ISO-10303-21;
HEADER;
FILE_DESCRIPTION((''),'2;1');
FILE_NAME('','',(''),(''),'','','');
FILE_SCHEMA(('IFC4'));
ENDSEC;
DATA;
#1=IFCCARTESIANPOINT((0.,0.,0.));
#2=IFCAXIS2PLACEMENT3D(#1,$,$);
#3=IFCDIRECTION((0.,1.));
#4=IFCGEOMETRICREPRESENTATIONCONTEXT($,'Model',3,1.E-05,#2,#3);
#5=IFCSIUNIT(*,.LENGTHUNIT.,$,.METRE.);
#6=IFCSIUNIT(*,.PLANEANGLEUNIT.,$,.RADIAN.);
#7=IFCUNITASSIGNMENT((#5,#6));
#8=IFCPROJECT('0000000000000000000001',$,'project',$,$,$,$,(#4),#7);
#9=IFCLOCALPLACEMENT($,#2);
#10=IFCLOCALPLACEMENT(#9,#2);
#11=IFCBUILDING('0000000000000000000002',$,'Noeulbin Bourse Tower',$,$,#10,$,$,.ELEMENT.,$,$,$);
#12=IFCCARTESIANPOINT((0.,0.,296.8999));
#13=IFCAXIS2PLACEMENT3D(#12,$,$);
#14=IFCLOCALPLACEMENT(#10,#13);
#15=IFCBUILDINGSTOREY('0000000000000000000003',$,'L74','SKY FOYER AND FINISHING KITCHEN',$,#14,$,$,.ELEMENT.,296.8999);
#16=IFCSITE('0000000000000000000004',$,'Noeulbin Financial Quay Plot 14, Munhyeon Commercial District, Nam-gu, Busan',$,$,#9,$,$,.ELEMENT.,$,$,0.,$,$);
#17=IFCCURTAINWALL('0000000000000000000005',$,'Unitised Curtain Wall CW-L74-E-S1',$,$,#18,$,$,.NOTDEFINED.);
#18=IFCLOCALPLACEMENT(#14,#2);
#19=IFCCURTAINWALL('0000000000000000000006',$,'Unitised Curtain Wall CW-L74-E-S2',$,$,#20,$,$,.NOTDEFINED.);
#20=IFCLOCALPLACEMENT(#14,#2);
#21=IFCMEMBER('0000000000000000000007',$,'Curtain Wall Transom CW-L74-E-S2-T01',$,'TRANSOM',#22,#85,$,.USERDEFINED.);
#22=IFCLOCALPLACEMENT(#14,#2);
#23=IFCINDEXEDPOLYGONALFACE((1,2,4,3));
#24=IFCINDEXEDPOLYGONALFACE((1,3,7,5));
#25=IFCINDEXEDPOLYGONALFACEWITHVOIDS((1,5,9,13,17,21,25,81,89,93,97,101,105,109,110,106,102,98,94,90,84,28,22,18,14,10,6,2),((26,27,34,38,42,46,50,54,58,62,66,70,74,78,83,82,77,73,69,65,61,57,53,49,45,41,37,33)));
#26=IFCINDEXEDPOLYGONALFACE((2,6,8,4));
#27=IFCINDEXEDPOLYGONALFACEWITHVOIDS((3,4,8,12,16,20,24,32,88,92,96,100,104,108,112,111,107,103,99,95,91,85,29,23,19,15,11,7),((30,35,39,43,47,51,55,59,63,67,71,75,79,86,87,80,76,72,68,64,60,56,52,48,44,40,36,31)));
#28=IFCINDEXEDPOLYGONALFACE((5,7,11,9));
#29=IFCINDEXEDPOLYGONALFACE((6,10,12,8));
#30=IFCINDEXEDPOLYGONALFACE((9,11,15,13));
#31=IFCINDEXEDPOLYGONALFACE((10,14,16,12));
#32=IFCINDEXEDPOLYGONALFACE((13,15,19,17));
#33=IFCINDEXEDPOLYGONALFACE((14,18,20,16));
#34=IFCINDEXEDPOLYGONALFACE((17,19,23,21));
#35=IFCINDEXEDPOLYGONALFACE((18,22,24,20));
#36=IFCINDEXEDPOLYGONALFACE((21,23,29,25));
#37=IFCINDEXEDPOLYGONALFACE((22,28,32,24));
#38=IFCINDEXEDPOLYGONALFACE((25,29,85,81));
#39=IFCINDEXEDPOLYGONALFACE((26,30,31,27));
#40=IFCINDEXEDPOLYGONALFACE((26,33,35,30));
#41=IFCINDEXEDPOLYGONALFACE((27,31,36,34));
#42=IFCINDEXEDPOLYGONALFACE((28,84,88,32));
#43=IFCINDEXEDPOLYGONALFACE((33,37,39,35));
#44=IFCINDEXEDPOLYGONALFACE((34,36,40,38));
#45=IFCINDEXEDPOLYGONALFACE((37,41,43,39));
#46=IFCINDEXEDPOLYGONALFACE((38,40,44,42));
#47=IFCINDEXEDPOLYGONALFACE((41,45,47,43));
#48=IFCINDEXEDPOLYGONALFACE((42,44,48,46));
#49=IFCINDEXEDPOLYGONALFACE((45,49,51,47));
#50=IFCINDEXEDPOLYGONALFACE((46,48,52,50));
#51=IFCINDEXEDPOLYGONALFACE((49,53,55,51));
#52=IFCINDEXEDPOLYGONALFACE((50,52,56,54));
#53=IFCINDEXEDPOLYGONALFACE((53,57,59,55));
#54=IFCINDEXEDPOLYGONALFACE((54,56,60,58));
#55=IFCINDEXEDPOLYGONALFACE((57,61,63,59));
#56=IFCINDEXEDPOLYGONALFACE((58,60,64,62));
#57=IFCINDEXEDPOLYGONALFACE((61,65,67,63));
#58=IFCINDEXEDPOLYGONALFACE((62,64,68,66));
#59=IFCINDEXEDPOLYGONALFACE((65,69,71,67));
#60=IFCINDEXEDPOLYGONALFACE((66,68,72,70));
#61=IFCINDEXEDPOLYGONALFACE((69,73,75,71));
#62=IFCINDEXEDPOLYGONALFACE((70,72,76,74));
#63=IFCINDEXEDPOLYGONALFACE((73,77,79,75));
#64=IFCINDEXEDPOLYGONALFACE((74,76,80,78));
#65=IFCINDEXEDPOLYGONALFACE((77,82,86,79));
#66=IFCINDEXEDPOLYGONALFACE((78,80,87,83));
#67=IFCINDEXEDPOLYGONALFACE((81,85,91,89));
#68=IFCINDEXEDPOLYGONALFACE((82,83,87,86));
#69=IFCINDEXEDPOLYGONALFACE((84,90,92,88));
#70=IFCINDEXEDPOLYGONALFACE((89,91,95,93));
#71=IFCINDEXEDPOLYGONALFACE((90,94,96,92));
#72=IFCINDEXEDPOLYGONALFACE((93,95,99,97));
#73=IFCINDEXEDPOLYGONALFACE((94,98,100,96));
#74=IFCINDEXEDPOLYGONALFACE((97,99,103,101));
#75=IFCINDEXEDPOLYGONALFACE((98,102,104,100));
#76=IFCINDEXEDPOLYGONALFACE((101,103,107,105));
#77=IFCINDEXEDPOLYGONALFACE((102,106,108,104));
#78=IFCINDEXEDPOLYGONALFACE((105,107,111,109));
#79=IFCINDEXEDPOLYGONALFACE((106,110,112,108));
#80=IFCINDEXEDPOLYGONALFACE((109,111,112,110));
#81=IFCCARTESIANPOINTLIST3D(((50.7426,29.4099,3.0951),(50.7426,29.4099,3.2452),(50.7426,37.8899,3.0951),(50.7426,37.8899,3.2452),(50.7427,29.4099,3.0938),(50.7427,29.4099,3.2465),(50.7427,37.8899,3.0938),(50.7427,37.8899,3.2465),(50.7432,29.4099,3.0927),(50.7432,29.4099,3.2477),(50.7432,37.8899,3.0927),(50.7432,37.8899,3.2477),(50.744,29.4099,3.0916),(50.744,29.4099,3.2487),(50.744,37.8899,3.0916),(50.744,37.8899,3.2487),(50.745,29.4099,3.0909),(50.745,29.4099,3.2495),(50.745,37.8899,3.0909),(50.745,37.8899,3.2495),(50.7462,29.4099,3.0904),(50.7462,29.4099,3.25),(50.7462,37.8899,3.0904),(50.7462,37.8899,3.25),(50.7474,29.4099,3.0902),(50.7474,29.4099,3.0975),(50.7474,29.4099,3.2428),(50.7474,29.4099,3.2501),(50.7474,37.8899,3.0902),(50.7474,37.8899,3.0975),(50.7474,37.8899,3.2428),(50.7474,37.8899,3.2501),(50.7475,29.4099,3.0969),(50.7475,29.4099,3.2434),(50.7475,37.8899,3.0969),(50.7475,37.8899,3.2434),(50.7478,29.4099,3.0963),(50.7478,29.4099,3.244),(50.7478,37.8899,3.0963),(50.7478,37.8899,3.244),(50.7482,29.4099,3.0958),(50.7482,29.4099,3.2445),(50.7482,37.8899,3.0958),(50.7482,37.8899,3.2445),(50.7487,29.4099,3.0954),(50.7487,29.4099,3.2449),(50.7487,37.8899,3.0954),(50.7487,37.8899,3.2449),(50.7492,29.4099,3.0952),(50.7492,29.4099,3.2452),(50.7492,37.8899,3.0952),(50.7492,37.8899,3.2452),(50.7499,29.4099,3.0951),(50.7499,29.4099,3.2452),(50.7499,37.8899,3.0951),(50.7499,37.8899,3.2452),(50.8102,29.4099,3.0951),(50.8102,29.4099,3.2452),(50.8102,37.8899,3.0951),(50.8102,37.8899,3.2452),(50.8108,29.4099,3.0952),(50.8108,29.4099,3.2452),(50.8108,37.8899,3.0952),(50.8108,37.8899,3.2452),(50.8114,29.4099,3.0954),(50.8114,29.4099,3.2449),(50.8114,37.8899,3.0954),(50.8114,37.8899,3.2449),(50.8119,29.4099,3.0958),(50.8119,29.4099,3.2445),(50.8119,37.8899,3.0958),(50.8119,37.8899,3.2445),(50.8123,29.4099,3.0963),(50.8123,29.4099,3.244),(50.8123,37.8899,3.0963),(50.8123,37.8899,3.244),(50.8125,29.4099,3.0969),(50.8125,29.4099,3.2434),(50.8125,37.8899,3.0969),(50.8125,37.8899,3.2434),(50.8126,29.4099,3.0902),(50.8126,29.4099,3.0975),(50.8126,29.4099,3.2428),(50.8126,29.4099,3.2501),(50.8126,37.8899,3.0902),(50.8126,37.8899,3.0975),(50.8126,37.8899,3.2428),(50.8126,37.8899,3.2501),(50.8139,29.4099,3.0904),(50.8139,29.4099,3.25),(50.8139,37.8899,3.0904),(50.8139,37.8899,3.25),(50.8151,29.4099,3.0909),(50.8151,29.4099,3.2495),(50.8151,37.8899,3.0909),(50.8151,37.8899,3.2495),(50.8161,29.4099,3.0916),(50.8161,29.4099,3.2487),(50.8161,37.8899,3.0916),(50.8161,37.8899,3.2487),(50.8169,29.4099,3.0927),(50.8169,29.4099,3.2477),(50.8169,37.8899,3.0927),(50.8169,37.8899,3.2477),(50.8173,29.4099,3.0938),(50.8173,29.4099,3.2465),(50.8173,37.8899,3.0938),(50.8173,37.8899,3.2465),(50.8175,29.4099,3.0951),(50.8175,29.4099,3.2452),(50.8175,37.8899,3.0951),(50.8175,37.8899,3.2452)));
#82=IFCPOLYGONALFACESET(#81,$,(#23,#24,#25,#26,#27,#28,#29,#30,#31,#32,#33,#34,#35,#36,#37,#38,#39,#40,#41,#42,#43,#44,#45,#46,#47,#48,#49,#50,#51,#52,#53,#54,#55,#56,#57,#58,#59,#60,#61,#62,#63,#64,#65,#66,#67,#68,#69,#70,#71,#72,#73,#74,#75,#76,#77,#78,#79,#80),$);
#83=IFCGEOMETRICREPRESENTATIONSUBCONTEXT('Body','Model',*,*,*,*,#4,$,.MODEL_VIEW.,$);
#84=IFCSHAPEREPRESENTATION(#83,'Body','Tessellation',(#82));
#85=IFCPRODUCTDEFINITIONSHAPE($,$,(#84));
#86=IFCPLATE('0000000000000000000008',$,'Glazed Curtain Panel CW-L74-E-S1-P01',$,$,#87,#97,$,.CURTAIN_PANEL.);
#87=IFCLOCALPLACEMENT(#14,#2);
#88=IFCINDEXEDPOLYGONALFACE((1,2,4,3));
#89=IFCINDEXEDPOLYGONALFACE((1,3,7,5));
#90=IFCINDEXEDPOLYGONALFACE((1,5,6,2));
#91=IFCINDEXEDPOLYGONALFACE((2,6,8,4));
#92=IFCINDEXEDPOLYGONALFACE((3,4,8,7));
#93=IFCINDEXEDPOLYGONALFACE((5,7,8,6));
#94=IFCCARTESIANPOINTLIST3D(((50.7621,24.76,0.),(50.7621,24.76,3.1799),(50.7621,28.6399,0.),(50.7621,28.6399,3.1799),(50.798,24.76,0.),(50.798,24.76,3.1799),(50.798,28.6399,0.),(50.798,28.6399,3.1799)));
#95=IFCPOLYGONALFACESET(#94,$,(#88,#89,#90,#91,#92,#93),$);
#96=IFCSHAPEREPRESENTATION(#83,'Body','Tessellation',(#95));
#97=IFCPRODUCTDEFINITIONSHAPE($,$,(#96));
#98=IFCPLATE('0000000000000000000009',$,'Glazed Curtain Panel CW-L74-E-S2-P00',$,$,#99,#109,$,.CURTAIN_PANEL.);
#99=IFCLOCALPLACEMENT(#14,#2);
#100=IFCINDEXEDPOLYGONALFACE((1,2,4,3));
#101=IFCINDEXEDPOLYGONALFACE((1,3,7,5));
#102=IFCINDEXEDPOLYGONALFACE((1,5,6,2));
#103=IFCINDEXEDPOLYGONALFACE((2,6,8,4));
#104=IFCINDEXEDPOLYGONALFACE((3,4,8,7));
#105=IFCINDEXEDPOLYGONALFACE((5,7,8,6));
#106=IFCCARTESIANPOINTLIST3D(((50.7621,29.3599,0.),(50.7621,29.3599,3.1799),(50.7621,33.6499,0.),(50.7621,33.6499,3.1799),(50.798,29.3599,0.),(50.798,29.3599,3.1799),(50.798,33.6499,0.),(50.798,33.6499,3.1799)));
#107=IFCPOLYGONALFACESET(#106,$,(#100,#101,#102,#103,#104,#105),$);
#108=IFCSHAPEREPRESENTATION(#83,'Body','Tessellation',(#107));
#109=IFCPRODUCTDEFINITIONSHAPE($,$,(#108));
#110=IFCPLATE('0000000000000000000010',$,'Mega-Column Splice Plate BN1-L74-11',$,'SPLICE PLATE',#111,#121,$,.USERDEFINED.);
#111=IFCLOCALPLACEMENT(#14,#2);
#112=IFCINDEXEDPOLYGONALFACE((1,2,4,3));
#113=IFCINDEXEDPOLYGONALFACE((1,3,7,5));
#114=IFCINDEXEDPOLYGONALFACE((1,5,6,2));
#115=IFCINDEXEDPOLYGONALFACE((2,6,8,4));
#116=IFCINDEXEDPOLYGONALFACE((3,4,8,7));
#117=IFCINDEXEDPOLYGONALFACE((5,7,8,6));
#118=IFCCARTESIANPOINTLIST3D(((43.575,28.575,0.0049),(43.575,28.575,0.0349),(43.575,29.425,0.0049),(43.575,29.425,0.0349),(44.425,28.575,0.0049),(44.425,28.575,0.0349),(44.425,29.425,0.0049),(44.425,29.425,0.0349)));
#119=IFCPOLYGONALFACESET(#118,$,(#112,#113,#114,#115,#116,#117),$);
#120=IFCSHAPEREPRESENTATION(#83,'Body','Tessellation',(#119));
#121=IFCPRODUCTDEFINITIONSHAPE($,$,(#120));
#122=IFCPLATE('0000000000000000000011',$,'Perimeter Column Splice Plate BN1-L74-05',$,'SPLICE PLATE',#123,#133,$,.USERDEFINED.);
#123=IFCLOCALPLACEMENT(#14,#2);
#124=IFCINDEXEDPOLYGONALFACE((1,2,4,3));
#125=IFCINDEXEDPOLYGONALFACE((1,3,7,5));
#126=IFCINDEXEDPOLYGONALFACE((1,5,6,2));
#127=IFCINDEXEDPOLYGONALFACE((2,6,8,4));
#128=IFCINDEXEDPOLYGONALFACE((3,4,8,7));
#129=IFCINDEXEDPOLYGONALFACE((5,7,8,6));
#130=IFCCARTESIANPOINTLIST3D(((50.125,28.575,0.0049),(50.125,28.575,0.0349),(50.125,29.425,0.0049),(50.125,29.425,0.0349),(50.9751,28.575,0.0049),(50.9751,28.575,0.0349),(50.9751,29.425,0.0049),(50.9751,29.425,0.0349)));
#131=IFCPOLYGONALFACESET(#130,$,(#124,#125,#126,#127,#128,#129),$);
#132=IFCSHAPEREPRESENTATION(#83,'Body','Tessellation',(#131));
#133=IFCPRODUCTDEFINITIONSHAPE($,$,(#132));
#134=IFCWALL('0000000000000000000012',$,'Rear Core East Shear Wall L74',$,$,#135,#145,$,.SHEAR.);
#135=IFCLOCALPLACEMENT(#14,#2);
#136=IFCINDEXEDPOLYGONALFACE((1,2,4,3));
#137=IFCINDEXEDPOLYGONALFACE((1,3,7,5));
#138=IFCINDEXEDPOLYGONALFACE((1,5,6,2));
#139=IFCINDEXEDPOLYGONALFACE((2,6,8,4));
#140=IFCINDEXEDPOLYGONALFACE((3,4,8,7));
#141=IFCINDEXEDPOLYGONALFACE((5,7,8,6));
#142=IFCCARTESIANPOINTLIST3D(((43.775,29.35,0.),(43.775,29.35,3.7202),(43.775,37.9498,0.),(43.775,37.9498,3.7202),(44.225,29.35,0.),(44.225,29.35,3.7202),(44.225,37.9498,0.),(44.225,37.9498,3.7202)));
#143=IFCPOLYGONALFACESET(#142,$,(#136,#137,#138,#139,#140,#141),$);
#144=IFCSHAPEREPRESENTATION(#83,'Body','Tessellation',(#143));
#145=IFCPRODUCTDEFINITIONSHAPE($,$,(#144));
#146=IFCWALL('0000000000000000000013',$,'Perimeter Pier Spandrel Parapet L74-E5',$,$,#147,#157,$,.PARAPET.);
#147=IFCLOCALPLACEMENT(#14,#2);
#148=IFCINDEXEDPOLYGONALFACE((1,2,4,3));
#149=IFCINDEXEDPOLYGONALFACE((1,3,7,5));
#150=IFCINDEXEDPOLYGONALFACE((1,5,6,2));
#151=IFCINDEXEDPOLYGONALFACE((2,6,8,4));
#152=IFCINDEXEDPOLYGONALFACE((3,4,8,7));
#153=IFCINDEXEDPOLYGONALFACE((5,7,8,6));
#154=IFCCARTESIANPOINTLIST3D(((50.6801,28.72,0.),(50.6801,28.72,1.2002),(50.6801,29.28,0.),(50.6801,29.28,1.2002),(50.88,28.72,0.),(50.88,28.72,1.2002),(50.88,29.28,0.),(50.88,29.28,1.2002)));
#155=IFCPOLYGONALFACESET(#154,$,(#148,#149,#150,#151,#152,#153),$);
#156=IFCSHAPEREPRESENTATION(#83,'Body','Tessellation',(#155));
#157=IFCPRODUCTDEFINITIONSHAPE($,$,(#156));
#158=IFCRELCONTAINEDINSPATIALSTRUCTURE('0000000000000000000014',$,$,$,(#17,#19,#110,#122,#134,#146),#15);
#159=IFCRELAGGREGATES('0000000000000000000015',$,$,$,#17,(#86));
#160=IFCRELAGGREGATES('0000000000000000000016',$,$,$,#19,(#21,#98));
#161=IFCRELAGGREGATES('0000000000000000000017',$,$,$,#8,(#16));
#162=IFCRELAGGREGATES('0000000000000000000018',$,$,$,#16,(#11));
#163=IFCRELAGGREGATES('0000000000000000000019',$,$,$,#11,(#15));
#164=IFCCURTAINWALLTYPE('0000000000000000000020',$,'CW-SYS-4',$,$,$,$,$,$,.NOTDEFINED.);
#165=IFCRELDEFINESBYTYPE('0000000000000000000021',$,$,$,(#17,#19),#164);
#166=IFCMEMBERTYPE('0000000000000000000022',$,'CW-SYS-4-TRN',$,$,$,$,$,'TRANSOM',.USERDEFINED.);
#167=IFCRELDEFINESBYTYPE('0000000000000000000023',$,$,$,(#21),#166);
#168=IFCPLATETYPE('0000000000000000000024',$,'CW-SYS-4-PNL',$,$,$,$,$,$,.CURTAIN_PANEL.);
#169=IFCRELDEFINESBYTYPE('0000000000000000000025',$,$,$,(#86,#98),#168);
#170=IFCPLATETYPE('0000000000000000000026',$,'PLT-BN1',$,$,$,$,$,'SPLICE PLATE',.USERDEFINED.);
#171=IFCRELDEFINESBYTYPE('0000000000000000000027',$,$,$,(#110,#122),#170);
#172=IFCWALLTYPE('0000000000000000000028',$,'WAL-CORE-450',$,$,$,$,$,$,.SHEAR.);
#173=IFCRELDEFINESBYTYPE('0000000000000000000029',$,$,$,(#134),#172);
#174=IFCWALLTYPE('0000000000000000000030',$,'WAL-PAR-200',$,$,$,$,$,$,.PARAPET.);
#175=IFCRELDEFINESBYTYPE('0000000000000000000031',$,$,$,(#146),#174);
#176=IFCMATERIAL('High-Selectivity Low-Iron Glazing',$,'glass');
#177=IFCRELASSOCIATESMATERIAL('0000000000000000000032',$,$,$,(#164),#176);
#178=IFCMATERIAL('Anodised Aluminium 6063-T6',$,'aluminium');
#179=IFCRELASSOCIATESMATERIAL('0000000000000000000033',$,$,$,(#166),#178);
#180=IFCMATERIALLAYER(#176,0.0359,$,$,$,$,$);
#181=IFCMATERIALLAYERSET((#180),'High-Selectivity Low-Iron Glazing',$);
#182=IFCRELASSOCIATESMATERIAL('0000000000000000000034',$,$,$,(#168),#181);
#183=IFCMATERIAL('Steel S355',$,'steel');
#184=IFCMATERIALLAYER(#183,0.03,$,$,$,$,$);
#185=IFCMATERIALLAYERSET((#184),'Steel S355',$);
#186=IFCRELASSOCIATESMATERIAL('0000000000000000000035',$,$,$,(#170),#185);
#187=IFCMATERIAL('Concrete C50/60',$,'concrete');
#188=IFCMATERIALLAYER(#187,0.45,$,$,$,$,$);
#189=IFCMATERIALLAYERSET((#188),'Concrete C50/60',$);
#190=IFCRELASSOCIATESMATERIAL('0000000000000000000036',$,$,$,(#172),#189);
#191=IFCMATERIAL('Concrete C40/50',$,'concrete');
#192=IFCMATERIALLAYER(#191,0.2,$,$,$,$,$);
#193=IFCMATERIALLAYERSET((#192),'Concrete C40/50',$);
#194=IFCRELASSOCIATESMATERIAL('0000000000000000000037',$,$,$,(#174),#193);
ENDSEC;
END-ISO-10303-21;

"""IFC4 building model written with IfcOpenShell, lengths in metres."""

from ifc_helpers import new_model, si_unit, direction, frame, frame_2d, origin, origin_2d, place, context, subcontext, project, spatial, rectangle, hollow_rectangle, extrude, material, layer, layer_set, material_profile, profile_set, type_object, element, aggregate, save


model = new_model("IFC4")

# Units and contexts
model_context = context("Model", 3, precision=1e-05, world=origin(), true_north=direction((0.0, 1.0)))
body_context = subcontext(model_context, "Body", "Model", "MODEL_VIEW")
ifc_project = project(units=[si_unit("LENGTHUNIT", "METRE"), si_unit("PLANEANGLEUNIT", "RADIAN")], contexts=[model_context])

# Site, building, storey
site_placement = place(None, origin())
site = spatial("IfcSite", under=ifc_project, at=site_placement, Name="Noeulbin Financial Quay Plot 14, Munhyeon Commercial District, Nam-gu, Busan", CompositionType="ELEMENT", RefElevation=0.0)
building_placement = place(site_placement, origin())
building = spatial("IfcBuilding", under=site, at=building_placement, Name="Noeulbin Bourse Tower", CompositionType="ELEMENT")
storey_placement = place(building_placement, frame((0.0, 0.0, 296.8999)))
storey = spatial("IfcBuildingStorey", under=building, at=storey_placement, Name="L74", Description="SKY FOYER AND FINISHING KITCHEN", CompositionType="ELEMENT", Elevation=296.8999)

# Shared definitions
ifc_material_1 = material(Name="Steel S355", Category="steel")

# Curtain walls, member
ifc_material_2 = material(Name="High-Selectivity Low-Iron Glazing", Category="glass")
curtain_wall_type = type_object("IfcCurtainWallType", Name="CW-SYS-4", PredefinedType="NOTDEFINED", material=ifc_material_2)
curtain_wall_1_placement = place(storey_placement, origin())
curtain_wall_1 = element("IfcCurtainWall", 1, at=curtain_wall_1_placement, inside=storey, type_object=curtain_wall_type, Name="Unitised Curtain Wall CW-L74-E-S1", PredefinedType="NOTDEFINED")
ifc_material_3 = material(Name="Anodised Aluminium 6063-T6", Category="aluminium")
curtain_wall_2_placement = place(storey_placement, origin())
curtain_wall_2 = element("IfcCurtainWall", 2, at=curtain_wall_2_placement, inside=storey, type_object=curtain_wall_type, Name="Unitised Curtain Wall CW-L74-E-S2", PredefinedType="NOTDEFINED")
ifc_material_profile_1 = material_profile(ifc_material_3, hollow_rectangle(XDim=0.075, YDim=0.1599, WallThickness=0.0049, InnerFilletRadius=0.0024, OuterFilletRadius=0.0049, at=origin_2d()), Name="ALU-TRAN-75x160x5", Category="LoadBearing")
ifc_profile_set_1 = profile_set([ifc_material_profile_1], Name="Anodised Aluminium 6063-T6")
member_type_1 = type_object("IfcMemberType", Name="CW-SYS-4-TRN", ElementType="TRANSOM", PredefinedType="USERDEFINED", material=ifc_profile_set_1)
member_1_placement = place(storey_placement, frame((50.78, 29.4099, 3.1702), z_axis=(0.0, 1.0, 0.0), x_axis=(-1.0, 0.0, 0.0)))
member_1 = element("IfcMember", 3, at=member_1_placement, type_object=member_type_1, Name="Curtain Wall Transom CW-L74-E-S2-T01", ObjectType="TRANSOM", PredefinedType="USERDEFINED", context=body_context, shape_type="SweptSolid", body=[
    extrude(hollow_rectangle(XDim=0.075, YDim=0.1599, WallThickness=0.0049, InnerFilletRadius=0.0024, OuterFilletRadius=0.0049, at=origin_2d()), origin(), (0.0, 0.0, 1.0), 8.48),
])

# Plates
ifc_layer_1 = layer(ifc_material_2, 0.0359)
ifc_layer_set_1 = layer_set([ifc_layer_1], Name="High-Selectivity Low-Iron Glazing")
plate_type_1 = type_object("IfcPlateType", Name="CW-SYS-4-PNL", PredefinedType="CURTAIN_PANEL", material=ifc_layer_set_1)
plate_1_placement = place(storey_placement, frame((50.78, 26.7, 0.0), z_axis=(0.0, 0.0, 1.0), x_axis=(0.0, 1.0, 0.0)))
plate_1 = element("IfcPlate", 4, at=plate_1_placement, type_object=plate_type_1, Name="Glazed Curtain Panel CW-L74-E-S1-P01", PredefinedType="CURTAIN_PANEL", context=body_context, shape_type="SweptSolid", body=[
    extrude(rectangle(XDim=3.8799, YDim=0.0359, at=origin_2d()), origin(), (0.0, 0.0, 1.0), 3.1799),
])
aggregate(curtain_wall_1, [plate_1])
plate_2_placement = place(storey_placement, frame((50.78, 31.5049, 0.0), z_axis=(0.0, 0.0, 1.0), x_axis=(0.0, 1.0, 0.0)))
plate_2 = element("IfcPlate", 5, at=plate_2_placement, type_object=plate_type_1, Name="Glazed Curtain Panel CW-L74-E-S2-P00", PredefinedType="CURTAIN_PANEL", context=body_context, shape_type="SweptSolid", body=[
    extrude(rectangle(XDim=4.29, YDim=0.0359, at=origin_2d()), origin(), (0.0, 0.0, 1.0), 3.1799),
])
aggregate(curtain_wall_2, [member_1, plate_2])

# Plates
ifc_layer_2 = layer(ifc_material_1, 0.03)
ifc_layer_set_2 = layer_set([ifc_layer_2], Name="Steel S355")
plate_type_2 = type_object("IfcPlateType", Name="PLT-BN1", ElementType="SPLICE PLATE", PredefinedType="USERDEFINED", material=ifc_layer_set_2)
for number, where, z_axis, x_axis, name in (
    (6, (44.0, 29.0, 0.0049), (0.0, 0.0, 1.0), (1.0, 0.0, 0.0), "Mega-Column Splice Plate BN1-L74-11"),
    (7, (50.55, 29.0, 0.0049), (0.0, 0.0, 1.0), (1.0, 0.0, 0.0), "Perimeter Column Splice Plate BN1-L74-05"),
):
    element("IfcPlate", number, at=place(storey_placement, frame(where, z_axis=z_axis, x_axis=x_axis)), inside=storey, type_object=plate_type_2, Name=name, ObjectType="SPLICE PLATE", PredefinedType="USERDEFINED", context=body_context, shape_type="SweptSolid", body=[
        extrude(rectangle(XDim=0.8501, YDim=0.8501, at=origin_2d()), origin(), (0.0, 0.0, 1.0), 0.03),
    ])

# Walls
ifc_material_4 = material(Name="Concrete C50/60", Category="concrete")
ifc_layer_3 = layer(ifc_material_4, 0.45)
ifc_layer_set_3 = layer_set([ifc_layer_3], Name="Concrete C50/60")
wall_type_1 = type_object("IfcWallType", Name="WAL-CORE-450", PredefinedType="SHEAR", material=ifc_layer_set_3)
wall_1_placement = place(storey_placement, frame((44.0, 29.3501, 0.0), z_axis=(0.0, 0.0, 1.0), x_axis=(0.0, 1.0, 0.0)))
element("IfcWall", 8, at=wall_1_placement, inside=storey, type_object=wall_type_1, Name="Rear Core East Shear Wall L74", PredefinedType="SHEAR", context=body_context, shape_type="SweptSolid", body=[
    extrude(rectangle(XDim=8.5999, YDim=0.45, at=frame_2d((4.2998, 0.0))), origin(), (0.0, 0.0, 1.0), 3.7202),
])
ifc_material_5 = material(Name="Concrete C40/50", Category="concrete")
ifc_layer_4 = layer(ifc_material_5, 0.2)
ifc_layer_set_4 = layer_set([ifc_layer_4], Name="Concrete C40/50")
wall_type_2 = type_object("IfcWallType", Name="WAL-PAR-200", PredefinedType="PARAPET", material=ifc_layer_set_4)
wall_2_placement = place(storey_placement, frame((50.78, 28.72, 0.0), z_axis=(0.0, 0.0, 1.0), x_axis=(0.0, 1.0, 0.0)))
element("IfcWall", 9, at=wall_2_placement, inside=storey, type_object=wall_type_2, Name="Perimeter Pier Spandrel Parapet L74-E5", PredefinedType="PARAPET", context=body_context, shape_type="SweptSolid", body=[
    extrude(rectangle(XDim=0.5601, YDim=0.2, at=frame_2d((0.28, 0.0))), origin(), (0.0, 0.0, 1.0), 1.2002),
])

save(model, "model.ifc")
